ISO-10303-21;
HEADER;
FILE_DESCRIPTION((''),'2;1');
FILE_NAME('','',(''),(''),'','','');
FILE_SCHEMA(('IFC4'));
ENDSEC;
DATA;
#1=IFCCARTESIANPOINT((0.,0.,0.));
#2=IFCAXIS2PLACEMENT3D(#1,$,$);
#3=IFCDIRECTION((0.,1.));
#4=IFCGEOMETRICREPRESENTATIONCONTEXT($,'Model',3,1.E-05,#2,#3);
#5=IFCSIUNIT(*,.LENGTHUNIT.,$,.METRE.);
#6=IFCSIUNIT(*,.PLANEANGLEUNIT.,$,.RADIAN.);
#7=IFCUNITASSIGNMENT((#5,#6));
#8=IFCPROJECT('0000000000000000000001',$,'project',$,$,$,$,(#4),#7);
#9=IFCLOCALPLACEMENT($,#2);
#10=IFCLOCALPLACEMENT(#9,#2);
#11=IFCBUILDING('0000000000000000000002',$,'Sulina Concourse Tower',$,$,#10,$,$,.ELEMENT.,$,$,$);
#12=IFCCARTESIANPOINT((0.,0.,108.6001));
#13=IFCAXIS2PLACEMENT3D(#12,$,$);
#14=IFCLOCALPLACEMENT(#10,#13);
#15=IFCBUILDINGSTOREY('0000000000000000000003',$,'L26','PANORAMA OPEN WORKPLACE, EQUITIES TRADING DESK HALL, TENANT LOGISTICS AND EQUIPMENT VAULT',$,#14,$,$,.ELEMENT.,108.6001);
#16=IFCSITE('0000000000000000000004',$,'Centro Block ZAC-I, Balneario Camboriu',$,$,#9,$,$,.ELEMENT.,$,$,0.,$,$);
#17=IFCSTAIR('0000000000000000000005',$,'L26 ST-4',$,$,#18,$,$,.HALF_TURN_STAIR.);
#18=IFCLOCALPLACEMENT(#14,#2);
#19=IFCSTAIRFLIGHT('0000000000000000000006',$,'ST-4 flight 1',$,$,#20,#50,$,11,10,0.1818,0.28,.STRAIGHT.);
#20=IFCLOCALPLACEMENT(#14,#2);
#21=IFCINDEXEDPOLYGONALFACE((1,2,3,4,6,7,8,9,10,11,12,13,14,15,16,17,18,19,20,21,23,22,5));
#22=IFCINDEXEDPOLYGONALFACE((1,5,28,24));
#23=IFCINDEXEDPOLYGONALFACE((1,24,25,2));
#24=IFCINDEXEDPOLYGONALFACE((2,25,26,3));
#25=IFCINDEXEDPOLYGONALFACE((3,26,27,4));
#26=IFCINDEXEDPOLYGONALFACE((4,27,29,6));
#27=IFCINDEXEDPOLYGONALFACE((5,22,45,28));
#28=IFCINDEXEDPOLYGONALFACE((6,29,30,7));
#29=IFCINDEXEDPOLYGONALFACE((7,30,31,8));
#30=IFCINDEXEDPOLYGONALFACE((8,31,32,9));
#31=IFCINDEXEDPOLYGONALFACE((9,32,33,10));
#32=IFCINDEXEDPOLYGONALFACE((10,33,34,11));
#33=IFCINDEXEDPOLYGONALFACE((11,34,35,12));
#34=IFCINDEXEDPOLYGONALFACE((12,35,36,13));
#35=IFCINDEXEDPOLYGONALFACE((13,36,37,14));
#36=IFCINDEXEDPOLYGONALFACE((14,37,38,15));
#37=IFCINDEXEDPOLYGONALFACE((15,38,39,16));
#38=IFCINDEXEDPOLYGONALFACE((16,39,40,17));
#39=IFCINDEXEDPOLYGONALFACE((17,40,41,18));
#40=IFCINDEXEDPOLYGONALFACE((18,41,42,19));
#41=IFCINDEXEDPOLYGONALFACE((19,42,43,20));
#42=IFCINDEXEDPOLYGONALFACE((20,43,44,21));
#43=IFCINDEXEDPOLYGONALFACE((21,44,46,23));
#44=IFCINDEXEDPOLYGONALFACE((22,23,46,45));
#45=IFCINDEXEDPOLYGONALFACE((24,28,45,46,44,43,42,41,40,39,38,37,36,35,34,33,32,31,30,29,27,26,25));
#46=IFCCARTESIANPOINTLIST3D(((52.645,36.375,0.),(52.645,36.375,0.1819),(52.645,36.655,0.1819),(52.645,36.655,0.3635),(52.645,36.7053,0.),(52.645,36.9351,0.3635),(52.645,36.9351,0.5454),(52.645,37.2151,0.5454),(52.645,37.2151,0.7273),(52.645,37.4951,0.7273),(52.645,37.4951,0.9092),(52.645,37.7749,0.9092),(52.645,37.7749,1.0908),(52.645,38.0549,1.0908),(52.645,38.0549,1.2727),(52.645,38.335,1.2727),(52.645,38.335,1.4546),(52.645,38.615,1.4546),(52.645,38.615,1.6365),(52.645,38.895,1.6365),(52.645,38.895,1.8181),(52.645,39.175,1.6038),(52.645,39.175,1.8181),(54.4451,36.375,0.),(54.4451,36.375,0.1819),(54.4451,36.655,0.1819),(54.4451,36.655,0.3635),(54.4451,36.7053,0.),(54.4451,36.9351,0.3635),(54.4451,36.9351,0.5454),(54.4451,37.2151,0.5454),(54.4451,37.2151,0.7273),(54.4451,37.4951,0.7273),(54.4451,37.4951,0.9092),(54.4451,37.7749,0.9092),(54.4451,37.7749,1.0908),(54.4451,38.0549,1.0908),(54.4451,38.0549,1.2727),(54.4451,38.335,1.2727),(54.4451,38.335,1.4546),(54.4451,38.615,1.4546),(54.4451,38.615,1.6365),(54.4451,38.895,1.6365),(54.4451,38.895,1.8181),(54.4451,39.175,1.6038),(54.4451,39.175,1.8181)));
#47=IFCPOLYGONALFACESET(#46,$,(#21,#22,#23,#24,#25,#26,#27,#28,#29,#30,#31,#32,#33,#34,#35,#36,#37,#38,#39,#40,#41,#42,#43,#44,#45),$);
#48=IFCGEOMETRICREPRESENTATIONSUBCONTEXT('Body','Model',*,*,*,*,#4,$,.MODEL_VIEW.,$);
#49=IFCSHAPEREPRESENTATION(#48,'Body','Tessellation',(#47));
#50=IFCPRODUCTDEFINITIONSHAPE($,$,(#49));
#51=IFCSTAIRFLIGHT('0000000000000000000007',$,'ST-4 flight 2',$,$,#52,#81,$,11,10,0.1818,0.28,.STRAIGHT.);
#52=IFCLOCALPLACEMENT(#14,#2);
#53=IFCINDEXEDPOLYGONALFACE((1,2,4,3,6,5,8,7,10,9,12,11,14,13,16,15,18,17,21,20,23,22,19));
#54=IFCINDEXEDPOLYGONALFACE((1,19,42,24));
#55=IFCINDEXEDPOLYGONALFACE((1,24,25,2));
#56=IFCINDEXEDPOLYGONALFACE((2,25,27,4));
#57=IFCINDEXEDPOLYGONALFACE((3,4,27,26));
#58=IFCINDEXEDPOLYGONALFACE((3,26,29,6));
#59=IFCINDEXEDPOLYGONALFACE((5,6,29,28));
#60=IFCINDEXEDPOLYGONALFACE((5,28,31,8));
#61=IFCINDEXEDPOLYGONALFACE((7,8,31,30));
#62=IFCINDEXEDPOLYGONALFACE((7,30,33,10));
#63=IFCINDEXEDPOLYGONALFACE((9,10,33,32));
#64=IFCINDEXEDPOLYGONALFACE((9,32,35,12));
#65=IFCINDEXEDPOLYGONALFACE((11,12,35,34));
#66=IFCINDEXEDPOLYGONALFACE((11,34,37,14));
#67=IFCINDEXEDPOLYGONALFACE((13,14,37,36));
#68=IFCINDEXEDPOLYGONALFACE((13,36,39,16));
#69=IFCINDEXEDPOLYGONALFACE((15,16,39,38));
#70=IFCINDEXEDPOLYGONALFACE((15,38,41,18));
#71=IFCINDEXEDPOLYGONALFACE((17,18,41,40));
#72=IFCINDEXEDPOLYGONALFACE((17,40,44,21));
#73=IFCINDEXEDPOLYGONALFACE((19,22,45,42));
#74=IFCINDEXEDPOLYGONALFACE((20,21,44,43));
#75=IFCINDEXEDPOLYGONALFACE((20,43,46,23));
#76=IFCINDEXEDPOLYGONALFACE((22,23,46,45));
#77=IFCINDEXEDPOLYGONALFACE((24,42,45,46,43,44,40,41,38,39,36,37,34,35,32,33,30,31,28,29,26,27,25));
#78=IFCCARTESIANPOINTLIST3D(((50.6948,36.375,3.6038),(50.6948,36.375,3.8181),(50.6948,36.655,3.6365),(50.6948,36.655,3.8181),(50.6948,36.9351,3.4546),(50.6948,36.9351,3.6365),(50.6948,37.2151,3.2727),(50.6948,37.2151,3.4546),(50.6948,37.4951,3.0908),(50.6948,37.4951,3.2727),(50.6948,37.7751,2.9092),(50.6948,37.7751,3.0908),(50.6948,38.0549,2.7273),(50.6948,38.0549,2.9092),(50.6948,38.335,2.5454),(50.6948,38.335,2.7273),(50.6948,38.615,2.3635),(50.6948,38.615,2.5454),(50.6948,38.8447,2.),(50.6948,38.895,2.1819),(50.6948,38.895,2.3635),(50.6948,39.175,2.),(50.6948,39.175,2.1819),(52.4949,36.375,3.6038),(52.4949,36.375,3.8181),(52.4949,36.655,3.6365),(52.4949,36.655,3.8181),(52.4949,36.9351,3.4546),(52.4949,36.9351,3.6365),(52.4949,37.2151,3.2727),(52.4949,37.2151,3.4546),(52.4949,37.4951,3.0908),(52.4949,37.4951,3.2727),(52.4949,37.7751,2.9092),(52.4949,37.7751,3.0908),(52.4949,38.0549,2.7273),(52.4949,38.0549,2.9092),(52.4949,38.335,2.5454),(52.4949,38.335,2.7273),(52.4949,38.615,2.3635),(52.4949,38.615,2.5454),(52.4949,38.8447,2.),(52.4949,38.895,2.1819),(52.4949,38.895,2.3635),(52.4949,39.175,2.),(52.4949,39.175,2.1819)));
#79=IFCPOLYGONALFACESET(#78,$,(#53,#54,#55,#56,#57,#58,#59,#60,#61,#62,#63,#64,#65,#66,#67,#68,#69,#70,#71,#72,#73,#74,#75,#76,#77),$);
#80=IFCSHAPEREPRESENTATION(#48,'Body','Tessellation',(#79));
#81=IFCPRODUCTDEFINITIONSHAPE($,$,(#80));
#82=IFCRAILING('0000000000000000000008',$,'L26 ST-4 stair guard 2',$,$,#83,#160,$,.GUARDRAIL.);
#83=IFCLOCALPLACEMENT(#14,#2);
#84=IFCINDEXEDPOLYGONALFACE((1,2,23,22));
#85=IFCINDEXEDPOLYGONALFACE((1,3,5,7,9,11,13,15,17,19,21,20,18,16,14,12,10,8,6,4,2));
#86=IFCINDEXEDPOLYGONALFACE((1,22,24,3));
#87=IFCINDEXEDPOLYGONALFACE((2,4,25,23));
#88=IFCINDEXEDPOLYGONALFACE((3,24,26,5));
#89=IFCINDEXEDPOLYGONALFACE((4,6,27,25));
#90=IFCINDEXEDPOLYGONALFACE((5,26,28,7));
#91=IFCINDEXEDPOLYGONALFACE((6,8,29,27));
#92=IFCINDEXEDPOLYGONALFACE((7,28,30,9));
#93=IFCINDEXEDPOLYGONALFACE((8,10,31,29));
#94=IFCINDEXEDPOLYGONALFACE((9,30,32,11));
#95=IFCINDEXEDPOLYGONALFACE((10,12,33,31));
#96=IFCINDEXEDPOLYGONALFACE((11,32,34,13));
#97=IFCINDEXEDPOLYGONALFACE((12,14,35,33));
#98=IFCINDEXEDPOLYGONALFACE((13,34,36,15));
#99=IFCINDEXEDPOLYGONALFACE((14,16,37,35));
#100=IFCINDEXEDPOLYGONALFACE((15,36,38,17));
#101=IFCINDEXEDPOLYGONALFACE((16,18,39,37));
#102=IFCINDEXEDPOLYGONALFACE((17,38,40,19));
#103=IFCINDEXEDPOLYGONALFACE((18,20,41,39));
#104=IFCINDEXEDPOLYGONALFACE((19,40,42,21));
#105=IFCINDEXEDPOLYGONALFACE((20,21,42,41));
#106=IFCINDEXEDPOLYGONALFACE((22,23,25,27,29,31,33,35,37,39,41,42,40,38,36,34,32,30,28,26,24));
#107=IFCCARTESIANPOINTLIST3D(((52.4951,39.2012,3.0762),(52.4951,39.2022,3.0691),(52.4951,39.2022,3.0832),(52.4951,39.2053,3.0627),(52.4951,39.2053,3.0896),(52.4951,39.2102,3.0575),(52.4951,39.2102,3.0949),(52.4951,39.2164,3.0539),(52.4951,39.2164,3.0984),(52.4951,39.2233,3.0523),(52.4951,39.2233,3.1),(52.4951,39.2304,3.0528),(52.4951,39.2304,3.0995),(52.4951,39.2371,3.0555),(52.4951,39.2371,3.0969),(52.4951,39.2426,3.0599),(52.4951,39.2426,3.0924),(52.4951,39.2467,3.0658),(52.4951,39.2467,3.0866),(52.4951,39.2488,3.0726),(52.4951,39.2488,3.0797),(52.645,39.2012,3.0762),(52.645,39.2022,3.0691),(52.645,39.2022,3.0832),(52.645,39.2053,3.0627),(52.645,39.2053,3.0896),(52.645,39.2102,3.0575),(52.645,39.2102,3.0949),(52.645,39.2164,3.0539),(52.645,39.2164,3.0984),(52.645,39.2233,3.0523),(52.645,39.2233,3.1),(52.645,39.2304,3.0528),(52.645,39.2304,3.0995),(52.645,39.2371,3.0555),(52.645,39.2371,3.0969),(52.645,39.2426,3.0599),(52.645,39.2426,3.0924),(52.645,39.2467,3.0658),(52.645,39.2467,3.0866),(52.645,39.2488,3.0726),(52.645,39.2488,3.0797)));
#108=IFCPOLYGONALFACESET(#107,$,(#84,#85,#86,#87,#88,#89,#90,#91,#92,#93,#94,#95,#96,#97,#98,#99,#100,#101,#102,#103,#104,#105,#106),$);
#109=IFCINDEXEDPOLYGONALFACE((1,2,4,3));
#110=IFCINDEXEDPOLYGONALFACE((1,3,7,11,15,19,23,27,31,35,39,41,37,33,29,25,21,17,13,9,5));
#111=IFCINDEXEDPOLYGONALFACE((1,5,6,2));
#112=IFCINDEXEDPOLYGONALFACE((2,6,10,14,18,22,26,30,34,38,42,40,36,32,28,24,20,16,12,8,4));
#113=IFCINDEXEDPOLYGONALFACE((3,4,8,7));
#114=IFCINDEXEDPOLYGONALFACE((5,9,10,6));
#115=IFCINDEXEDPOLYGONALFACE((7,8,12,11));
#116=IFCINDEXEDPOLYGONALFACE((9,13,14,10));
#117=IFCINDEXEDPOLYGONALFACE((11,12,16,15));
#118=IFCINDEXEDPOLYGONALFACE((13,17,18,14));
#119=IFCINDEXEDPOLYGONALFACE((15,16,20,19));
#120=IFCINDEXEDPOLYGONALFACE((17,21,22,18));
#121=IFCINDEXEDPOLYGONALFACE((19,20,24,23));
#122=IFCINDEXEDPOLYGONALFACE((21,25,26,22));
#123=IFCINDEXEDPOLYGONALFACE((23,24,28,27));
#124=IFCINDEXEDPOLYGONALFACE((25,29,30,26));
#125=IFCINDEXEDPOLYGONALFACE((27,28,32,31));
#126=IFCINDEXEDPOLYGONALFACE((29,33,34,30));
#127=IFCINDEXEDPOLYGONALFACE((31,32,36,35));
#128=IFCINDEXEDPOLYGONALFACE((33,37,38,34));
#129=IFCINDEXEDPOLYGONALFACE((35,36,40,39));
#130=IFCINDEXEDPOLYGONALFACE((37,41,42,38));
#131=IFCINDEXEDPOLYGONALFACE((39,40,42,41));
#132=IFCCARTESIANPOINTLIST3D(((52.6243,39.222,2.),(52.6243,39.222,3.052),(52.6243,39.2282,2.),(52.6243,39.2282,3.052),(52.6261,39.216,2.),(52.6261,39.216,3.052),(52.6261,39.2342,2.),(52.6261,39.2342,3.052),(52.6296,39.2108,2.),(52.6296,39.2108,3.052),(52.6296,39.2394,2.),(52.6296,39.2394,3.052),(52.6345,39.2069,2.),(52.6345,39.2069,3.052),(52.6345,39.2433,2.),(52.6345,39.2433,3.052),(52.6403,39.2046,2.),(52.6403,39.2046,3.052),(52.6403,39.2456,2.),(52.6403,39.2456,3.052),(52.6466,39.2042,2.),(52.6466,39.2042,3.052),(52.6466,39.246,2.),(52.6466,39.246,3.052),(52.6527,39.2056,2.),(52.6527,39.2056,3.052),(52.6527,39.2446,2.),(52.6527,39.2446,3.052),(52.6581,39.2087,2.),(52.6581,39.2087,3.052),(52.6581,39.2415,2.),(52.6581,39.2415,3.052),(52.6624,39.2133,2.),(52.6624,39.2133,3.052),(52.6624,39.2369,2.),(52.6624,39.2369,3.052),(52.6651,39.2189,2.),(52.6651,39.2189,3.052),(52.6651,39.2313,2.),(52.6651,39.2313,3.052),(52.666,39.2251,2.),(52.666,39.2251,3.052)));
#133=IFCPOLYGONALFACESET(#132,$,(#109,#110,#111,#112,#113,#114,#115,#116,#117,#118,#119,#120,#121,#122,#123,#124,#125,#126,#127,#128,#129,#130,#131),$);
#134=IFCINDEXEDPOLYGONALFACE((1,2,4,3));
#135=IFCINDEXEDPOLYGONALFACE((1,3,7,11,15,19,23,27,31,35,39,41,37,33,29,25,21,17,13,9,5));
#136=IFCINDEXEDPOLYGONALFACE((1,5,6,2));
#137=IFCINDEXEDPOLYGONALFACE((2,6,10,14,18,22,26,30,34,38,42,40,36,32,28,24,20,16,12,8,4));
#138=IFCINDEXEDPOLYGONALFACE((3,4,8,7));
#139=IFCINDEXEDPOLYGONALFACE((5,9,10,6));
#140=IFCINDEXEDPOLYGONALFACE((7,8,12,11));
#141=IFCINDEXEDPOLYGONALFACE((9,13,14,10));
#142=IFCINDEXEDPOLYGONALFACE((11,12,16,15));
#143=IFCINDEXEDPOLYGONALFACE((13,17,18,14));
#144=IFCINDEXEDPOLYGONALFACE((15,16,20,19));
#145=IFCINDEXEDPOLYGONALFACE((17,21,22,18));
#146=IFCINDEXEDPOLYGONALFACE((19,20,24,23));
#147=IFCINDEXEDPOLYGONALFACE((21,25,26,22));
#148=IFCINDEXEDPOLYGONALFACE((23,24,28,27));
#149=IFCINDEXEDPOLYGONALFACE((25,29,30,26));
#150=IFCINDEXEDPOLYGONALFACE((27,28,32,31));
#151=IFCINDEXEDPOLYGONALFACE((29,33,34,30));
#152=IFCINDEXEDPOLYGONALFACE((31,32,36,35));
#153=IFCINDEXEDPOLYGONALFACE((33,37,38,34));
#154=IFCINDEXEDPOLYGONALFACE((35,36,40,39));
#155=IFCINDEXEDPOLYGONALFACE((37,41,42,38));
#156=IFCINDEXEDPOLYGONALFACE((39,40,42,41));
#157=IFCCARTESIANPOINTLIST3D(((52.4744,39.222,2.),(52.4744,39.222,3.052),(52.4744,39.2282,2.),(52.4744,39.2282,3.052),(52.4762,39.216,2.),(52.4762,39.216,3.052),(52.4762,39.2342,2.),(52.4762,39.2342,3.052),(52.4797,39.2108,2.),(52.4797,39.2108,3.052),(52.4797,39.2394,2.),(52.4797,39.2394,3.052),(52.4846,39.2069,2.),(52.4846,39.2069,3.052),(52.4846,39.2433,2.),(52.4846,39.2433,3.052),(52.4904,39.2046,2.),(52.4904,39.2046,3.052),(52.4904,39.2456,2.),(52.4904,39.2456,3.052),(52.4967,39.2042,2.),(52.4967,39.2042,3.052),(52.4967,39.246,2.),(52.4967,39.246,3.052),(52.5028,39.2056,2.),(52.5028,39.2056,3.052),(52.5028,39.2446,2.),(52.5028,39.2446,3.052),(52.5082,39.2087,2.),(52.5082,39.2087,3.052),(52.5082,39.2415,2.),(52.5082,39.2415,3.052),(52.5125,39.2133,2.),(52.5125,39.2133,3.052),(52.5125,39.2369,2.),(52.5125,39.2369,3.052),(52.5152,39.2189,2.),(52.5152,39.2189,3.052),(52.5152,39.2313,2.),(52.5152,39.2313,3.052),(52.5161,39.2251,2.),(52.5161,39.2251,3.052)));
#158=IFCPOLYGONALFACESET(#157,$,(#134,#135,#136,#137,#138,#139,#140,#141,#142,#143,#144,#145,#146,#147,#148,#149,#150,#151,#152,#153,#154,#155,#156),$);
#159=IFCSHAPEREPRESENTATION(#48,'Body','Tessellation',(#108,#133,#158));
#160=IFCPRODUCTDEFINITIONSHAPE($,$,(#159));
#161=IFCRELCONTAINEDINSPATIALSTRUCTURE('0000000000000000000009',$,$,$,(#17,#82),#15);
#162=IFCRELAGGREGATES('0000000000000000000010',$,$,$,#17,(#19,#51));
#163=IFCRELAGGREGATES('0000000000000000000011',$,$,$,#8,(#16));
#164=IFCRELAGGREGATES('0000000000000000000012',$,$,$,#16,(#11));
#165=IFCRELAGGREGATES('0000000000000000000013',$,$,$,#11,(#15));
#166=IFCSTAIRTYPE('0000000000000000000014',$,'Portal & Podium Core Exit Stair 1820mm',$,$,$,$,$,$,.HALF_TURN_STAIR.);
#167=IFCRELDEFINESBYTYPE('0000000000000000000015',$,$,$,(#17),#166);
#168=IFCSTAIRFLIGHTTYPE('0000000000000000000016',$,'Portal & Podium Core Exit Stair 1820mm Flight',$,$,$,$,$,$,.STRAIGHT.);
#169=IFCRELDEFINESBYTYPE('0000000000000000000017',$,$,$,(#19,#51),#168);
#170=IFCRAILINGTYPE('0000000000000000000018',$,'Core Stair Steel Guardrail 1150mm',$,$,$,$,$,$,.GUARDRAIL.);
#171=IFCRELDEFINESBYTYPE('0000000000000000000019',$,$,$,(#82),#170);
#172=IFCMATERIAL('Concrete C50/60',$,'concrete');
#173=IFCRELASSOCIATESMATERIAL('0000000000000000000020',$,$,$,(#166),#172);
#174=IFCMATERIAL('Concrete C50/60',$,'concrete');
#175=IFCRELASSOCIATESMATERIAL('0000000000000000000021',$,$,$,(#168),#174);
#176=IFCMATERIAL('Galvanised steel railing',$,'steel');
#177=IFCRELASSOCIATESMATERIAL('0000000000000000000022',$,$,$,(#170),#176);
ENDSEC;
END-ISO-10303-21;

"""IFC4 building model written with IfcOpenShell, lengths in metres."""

from ifc_helpers import new_model, si_unit, direction, frame, origin, origin_2d, place, context, subcontext, project, spatial, polyline, circle, outline, extrude, material, type_object, element, aggregate, save


model = new_model("IFC4")

# Units and contexts
model_context = context("Model", 3, precision=1e-05, world=origin(), true_north=direction((0.0, 1.0)))
body_context = subcontext(model_context, "Body", "Model", "MODEL_VIEW")
ifc_project = project(units=[si_unit("LENGTHUNIT", "METRE"), si_unit("PLANEANGLEUNIT", "RADIAN")], contexts=[model_context])

# Site, building, storey
site_placement = place(None, origin())
site = spatial("IfcSite", under=ifc_project, at=site_placement, Name="Centro Block ZAC-I, Balneario Camboriu", CompositionType="ELEMENT", RefElevation=0.0)
building_placement = place(site_placement, origin())
building = spatial("IfcBuilding", under=site, at=building_placement, Name="Sulina Concourse Tower", CompositionType="ELEMENT")
storey_placement = place(building_placement, frame((0.0, 0.0, 108.6001)))
storey = spatial("IfcBuildingStorey", under=building, at=storey_placement, Name="L26", Description="PANORAMA OPEN WORKPLACE, EQUITIES TRADING DESK HALL, TENANT LOGISTICS AND EQUIPMENT VAULT", CompositionType="ELEMENT", Elevation=108.6001)

# Stair, stair flights
ifc_material_1 = material(Name="Concrete C50/60", Category="concrete")
stair_type = type_object("IfcStairType", Name="Portal & Podium Core Exit Stair 1820mm", PredefinedType="HALF_TURN_STAIR", material=ifc_material_1)
stair_placement = place(storey_placement, origin())
stair = element("IfcStair", 1, at=stair_placement, inside=storey, type_object=stair_type, Name="L26 ST-4", PredefinedType="HALF_TURN_STAIR")
ifc_material_2 = material(Name="Concrete C50/60", Category="concrete")
stair_flight_type = type_object("IfcStairFlightType", Name="Portal & Podium Core Exit Stair 1820mm Flight", PredefinedType="STRAIGHT", material=ifc_material_2)
stair_flight_1_placement = place(storey_placement, frame((53.5449, 36.375, 0.0), z_axis=(0.0, 0.0, 1.0), x_axis=(0.0, 1.0, 0.0)))
stair_flight_1 = element("IfcStairFlight", 2, at=stair_flight_1_placement, type_object=stair_flight_type, Name="ST-4 flight 1", NumberOfRisers=11, NumberOfTreads=10, PredefinedType="STRAIGHT", RiserHeight=0.1818, TreadLength=0.28, context=body_context, shape_type="SweptSolid", body=[
    extrude(outline(polyline([(0.0, 0.0), (0.0, 0.1819), (0.28, 0.1819), (0.28, 0.3635), (0.5601, 0.3635), (0.5601, 0.5454), (0.8401, 0.5454), (0.8401, 0.7273), (1.1201, 0.7273), (1.1201, 0.9092), (1.3999, 0.9092), (1.3999, 1.0908), (1.6799, 1.0908), (1.6799, 1.2727), (1.96, 1.2727), (1.96, 1.4546), (2.24, 1.4546), (2.24, 1.6365), (2.52, 1.6365), (2.52, 1.8181), (2.8, 1.8181), (2.8, 2.0), (2.8, 1.6038), (0.3303, 0.0), (0.0, 0.0)])), frame((0.0, 0.8999, 0.0), z_axis=(0.0, -1.0, 0.0), x_axis=(1.0, 0.0, 0.0)), (0.0, 0.0, 1.0), 1.8),
])
stair_flight_2_placement = place(storey_placement, frame((51.595, 39.175, 2.0), z_axis=(0.0, 0.0, 1.0), x_axis=(0.0, -1.0, 0.0)))
stair_flight_2 = element("IfcStairFlight", 3, at=stair_flight_2_placement, type_object=stair_flight_type, Name="ST-4 flight 2", NumberOfRisers=11, NumberOfTreads=10, PredefinedType="STRAIGHT", RiserHeight=0.1818, TreadLength=0.28, context=body_context, shape_type="SweptSolid", body=[
    extrude(outline(polyline([(0.0, 0.0), (0.0, 0.1819), (0.28, 0.1819), (0.28, 0.3635), (0.5601, 0.3635), (0.5601, 0.5454), (0.8401, 0.5454), (0.8401, 0.7273), (1.1201, 0.7273), (1.1201, 0.9092), (1.3999, 0.9092), (1.3999, 1.0908), (1.6799, 1.0908), (1.6799, 1.2727), (1.96, 1.2727), (1.96, 1.4546), (2.24, 1.4546), (2.24, 1.6365), (2.52, 1.6365), (2.52, 1.8181), (2.8, 1.8181), (2.8, 2.0), (2.8, 1.6038), (0.3303, 0.0), (0.0, 0.0)])), frame((0.0, 0.8999, 0.0), z_axis=(0.0, -1.0, 0.0), x_axis=(1.0, 0.0, 0.0)), (0.0, 0.0, 1.0), 1.8),
])
aggregate(stair, [stair_flight_1, stair_flight_2])

# Railing
ifc_material_3 = material(Name="Galvanised steel railing", Category="steel")
railing_type_1 = type_object("IfcRailingType", Name="Core Stair Steel Guardrail 1150mm", PredefinedType="GUARDRAIL", material=ifc_material_3)
railing_1_placement = place(storey_placement, frame((52.645, 39.2251, 2.0)))
element("IfcRailing", 4, at=railing_1_placement, inside=storey, type_object=railing_type_1, Name="L26 ST-4 stair guard 2", PredefinedType="GUARDRAIL", context=body_context, shape_type="SweptSolid", body=[
    extrude(circle(Radius=0.0239, at=origin_2d()), frame((0.0, 0.0, 1.0762), z_axis=(-1.0, 0.0, 0.0), x_axis=(0.0, -1.0, 0.0)), (0.0, 0.0, 1.0), 0.1499),
    extrude(circle(Radius=0.021, at=origin_2d()), origin(), (0.0, 0.0, 1.0), 1.052),
    extrude(circle(Radius=0.021, at=origin_2d()), frame((-0.1499, 0.0, 0.0)), (0.0, 0.0, 1.0), 1.052),
])

save(model, "model.ifc")
